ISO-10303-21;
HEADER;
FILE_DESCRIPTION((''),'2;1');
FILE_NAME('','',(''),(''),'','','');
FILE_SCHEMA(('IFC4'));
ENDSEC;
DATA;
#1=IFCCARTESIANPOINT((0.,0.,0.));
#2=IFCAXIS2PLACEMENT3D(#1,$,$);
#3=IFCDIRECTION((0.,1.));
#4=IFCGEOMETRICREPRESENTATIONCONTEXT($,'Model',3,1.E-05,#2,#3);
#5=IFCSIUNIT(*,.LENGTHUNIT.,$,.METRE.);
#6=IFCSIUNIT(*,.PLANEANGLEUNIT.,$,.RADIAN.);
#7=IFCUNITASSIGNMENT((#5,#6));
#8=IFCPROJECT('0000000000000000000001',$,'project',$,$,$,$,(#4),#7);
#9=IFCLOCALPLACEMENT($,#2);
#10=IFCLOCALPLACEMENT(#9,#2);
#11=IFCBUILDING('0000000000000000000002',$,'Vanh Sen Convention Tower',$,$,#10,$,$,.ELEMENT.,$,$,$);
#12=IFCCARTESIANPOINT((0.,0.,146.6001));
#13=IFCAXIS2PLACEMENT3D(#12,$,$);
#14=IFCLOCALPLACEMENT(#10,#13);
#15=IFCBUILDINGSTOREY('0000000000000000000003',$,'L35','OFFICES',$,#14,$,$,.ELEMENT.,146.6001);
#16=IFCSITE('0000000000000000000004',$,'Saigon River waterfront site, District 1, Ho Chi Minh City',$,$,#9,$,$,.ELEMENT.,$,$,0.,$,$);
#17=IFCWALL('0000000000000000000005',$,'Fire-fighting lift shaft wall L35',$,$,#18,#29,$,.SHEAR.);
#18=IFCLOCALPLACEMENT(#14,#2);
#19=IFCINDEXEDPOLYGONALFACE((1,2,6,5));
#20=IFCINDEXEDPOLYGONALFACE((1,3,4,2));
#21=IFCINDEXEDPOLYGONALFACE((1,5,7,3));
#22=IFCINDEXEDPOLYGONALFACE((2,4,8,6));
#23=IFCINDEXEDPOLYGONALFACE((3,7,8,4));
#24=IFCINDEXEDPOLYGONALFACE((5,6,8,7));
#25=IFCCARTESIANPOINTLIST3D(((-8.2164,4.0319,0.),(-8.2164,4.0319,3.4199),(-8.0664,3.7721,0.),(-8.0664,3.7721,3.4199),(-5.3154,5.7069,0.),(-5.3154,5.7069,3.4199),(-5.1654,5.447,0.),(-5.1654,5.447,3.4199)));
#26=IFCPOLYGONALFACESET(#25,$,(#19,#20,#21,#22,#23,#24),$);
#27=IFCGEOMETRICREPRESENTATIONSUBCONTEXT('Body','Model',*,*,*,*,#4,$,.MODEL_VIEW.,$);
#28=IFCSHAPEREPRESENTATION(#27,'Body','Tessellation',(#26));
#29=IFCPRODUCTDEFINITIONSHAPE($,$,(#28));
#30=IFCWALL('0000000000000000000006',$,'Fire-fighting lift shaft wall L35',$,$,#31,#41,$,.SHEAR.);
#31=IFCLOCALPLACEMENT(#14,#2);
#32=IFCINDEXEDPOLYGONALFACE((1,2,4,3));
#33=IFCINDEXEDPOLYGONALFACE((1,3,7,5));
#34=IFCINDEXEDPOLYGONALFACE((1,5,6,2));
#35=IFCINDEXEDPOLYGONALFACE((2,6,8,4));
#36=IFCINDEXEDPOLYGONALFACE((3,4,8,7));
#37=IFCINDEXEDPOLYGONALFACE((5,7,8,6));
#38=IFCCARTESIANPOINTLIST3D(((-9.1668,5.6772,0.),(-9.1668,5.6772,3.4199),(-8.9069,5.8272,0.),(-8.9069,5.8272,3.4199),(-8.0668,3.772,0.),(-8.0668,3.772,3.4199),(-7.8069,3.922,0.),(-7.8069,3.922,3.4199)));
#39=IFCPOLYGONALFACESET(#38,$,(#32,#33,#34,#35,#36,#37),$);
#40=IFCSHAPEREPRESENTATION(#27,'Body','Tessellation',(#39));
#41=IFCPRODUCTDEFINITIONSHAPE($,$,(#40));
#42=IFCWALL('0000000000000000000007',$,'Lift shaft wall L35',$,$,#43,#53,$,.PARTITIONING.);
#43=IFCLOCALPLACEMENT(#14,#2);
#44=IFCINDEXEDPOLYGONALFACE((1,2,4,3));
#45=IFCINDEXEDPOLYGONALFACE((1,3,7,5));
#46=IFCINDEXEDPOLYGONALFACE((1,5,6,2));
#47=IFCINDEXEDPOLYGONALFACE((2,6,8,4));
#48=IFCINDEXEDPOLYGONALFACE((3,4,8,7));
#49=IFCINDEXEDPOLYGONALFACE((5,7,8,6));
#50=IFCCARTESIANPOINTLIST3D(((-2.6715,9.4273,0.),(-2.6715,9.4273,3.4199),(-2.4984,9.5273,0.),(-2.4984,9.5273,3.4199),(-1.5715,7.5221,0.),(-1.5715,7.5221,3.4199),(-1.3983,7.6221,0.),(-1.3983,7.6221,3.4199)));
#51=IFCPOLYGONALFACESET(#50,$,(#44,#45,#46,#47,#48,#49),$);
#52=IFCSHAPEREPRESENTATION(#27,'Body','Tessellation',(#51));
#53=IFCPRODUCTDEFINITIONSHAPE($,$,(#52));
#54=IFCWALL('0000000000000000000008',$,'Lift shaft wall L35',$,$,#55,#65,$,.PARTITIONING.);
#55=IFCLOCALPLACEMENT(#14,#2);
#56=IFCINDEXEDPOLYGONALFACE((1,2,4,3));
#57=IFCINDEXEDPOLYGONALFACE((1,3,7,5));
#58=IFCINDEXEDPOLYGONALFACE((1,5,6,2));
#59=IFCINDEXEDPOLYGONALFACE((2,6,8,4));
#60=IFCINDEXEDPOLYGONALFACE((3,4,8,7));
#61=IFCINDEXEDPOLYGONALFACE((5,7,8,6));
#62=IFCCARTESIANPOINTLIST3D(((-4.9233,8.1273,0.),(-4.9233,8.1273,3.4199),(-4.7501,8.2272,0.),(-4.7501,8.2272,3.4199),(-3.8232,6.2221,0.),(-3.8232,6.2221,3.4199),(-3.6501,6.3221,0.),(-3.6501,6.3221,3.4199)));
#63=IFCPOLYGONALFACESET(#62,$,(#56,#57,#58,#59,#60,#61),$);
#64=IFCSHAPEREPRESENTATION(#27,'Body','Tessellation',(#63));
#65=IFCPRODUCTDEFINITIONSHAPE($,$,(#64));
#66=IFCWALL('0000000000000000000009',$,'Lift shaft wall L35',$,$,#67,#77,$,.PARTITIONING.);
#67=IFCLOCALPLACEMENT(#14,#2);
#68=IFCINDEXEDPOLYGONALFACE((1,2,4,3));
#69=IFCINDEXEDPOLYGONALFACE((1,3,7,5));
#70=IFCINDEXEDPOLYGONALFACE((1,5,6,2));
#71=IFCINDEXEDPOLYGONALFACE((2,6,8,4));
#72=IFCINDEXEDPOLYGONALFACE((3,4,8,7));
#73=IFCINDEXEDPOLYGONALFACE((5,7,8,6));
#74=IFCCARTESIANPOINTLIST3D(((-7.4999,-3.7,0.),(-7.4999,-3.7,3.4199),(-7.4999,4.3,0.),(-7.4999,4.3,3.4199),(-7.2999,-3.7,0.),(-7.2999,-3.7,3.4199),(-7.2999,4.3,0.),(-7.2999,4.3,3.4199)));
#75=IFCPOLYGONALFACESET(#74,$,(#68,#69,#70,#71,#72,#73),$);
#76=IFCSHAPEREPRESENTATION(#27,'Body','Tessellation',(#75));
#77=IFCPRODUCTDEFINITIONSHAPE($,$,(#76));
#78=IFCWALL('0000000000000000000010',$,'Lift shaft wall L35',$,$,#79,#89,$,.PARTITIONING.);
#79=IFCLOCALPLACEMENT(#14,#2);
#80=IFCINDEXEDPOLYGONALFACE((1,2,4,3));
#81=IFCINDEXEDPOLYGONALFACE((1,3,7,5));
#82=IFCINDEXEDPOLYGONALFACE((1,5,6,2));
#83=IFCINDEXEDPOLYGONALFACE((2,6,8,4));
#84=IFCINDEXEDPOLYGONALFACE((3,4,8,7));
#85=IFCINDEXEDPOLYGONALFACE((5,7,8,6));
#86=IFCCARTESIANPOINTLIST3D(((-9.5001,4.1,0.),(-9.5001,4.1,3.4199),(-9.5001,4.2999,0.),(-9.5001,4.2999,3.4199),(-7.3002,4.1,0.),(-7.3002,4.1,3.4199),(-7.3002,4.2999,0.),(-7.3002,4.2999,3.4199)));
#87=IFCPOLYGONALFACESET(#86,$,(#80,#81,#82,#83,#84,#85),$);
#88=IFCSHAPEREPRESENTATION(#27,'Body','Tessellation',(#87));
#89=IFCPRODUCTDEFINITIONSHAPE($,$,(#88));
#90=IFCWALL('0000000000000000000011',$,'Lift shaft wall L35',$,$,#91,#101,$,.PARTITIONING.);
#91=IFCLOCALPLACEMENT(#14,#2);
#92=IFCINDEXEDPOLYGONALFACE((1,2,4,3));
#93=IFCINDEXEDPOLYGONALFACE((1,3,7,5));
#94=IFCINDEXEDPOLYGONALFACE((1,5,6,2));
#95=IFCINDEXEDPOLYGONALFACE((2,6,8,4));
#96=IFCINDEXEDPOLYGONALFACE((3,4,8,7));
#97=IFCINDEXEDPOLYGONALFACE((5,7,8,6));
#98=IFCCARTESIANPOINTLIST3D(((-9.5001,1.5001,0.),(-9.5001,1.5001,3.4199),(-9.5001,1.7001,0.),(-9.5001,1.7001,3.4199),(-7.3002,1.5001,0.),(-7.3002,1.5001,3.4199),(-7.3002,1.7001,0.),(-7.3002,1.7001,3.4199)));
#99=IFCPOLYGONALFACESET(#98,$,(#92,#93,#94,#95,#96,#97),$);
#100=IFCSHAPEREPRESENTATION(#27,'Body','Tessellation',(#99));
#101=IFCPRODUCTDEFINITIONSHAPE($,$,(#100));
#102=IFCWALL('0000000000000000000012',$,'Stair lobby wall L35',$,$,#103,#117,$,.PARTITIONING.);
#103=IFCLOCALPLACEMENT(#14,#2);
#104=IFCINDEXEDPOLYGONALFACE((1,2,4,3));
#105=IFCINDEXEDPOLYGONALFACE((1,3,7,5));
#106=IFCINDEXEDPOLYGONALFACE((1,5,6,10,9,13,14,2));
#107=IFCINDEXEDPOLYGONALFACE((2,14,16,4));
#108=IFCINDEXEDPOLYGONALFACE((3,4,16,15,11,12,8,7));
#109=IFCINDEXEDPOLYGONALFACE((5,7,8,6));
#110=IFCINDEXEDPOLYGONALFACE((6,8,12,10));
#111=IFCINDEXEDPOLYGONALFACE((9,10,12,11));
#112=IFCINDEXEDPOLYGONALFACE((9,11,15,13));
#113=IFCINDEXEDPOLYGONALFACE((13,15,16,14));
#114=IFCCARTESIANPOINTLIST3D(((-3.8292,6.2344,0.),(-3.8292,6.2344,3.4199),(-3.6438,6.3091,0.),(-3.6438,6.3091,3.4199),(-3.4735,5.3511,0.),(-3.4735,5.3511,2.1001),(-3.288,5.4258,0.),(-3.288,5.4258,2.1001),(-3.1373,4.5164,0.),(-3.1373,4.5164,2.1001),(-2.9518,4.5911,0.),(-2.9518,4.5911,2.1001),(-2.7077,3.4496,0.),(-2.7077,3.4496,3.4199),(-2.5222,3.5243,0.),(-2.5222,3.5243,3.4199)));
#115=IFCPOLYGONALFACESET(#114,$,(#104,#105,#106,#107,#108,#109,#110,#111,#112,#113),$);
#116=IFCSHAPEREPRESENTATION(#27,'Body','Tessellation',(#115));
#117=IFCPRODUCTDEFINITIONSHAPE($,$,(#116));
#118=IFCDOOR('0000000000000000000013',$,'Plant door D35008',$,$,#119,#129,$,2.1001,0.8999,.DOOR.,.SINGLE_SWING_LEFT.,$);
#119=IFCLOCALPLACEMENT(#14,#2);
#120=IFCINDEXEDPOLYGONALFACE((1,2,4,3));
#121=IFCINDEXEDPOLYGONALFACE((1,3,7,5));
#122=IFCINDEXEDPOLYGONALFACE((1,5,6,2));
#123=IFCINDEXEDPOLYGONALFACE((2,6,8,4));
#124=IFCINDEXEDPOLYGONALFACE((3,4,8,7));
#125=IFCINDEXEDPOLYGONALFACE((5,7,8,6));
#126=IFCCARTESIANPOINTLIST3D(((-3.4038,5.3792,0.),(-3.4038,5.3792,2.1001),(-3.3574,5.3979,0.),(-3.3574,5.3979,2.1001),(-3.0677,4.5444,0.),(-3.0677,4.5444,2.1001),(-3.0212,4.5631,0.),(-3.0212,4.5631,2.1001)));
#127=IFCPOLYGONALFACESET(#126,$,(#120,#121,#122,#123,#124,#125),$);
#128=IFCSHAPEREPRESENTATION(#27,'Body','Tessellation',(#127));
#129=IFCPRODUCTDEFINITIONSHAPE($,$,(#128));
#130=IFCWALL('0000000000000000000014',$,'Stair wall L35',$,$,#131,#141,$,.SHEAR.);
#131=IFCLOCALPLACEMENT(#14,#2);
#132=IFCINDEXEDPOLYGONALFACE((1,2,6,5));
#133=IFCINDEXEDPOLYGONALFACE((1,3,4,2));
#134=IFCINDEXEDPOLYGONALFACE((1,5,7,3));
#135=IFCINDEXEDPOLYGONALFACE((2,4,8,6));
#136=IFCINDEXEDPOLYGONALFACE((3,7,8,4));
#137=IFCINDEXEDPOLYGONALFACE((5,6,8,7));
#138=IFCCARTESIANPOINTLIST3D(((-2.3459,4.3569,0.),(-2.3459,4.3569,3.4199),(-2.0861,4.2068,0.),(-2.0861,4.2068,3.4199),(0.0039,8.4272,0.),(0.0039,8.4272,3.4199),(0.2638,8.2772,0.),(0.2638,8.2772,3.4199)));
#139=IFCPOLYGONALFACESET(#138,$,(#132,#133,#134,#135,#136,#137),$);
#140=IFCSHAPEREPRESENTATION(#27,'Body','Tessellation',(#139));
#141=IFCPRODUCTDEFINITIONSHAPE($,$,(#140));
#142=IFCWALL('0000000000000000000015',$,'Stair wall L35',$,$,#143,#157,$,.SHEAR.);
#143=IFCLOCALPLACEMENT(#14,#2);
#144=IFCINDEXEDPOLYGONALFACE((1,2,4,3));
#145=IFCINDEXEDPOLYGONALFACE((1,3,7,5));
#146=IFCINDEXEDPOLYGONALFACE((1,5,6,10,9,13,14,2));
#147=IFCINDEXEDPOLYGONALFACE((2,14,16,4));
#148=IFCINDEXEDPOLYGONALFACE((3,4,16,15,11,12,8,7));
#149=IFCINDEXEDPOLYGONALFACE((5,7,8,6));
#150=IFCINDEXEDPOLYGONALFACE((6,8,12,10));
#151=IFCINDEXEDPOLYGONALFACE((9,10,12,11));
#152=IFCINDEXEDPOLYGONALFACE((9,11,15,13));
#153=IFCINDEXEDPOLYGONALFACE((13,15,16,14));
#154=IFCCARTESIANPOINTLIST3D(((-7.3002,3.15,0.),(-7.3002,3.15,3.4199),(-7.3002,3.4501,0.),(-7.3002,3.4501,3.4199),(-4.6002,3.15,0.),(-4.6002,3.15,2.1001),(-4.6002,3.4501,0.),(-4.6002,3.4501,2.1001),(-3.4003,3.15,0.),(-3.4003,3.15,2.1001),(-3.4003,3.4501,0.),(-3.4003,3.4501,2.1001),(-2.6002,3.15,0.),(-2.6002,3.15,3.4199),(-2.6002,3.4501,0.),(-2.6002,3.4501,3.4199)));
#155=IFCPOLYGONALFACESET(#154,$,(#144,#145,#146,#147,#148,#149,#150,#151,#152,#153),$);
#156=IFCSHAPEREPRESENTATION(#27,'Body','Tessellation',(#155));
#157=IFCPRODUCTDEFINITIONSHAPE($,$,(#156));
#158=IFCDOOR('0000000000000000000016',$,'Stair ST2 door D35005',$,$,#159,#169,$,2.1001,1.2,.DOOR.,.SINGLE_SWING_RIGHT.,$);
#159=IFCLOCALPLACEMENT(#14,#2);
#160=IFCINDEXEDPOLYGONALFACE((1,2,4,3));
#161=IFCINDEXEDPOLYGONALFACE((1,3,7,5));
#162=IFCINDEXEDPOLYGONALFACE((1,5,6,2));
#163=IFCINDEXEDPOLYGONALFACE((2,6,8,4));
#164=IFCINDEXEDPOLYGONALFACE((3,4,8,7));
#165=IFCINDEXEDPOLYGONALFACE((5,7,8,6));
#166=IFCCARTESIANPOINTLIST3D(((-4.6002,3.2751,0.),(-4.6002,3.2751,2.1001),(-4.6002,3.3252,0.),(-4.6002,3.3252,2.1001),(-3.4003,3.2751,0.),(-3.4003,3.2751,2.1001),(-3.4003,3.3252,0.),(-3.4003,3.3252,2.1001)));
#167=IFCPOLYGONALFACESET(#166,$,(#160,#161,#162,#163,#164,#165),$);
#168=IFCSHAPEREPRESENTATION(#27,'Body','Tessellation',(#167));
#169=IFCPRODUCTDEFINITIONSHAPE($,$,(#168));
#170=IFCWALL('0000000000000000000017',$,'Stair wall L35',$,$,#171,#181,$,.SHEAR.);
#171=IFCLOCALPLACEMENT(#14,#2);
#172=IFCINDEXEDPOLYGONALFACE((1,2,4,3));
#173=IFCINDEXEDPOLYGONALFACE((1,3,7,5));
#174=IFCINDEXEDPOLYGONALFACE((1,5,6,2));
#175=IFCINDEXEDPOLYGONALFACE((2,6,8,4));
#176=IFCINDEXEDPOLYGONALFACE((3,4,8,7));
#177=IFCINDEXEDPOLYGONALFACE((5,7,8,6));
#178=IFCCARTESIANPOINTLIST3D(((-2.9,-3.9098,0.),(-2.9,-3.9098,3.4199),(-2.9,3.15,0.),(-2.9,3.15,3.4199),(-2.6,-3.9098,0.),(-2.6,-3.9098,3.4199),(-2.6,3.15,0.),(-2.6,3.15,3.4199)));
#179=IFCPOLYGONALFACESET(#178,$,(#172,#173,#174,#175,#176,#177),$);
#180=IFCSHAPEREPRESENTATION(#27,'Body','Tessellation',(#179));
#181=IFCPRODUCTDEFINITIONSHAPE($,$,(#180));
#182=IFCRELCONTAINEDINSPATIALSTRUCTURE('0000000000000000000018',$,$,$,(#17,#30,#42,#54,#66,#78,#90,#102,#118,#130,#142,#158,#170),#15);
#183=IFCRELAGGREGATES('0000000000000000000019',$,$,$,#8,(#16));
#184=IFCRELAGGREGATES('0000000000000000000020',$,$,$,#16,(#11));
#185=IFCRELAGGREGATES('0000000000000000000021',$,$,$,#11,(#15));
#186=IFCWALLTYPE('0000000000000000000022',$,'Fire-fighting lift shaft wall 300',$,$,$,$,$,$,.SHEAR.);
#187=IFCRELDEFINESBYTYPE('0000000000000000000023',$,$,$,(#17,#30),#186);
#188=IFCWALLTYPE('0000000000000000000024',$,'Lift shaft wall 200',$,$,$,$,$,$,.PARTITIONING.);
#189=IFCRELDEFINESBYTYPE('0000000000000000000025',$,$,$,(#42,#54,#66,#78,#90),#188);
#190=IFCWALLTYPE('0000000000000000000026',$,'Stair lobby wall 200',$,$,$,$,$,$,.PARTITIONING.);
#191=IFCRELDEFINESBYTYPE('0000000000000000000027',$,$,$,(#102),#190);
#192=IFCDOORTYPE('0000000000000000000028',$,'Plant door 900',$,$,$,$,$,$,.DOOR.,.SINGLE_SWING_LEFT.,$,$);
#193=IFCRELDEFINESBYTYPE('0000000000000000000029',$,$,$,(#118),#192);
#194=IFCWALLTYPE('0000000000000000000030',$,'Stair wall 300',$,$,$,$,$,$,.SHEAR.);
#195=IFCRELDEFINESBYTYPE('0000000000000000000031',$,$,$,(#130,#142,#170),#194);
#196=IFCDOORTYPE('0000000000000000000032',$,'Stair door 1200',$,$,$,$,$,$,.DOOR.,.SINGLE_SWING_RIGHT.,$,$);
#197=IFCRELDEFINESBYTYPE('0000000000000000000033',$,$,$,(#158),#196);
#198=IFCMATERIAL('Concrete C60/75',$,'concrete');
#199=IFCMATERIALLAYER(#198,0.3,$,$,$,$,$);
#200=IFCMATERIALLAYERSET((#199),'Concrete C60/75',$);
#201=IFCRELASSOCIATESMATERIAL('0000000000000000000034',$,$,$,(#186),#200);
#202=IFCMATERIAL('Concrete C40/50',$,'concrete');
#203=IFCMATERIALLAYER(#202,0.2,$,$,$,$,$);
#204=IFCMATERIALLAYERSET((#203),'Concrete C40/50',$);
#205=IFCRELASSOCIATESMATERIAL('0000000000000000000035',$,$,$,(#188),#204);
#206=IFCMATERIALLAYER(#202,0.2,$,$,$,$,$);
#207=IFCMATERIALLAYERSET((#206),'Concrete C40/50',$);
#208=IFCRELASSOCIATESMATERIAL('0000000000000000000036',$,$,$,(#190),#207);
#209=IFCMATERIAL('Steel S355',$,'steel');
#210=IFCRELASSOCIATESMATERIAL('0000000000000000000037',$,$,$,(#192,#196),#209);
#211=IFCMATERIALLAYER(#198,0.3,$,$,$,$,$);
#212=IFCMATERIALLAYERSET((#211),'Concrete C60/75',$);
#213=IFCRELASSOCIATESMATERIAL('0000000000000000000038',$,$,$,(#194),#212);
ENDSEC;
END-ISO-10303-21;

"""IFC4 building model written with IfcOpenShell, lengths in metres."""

from ifc_helpers import new_model, si_unit, direction, frame, frame_2d, origin, place, context, subcontext, project, spatial, rectangle, extrude, material, layer, layer_set, type_object, element, fill, save


model = new_model("IFC4")

# Units and contexts
model_context = context("Model", 3, precision=1e-05, world=origin(), true_north=direction((0.0, 1.0)))
body_context = subcontext(model_context, "Body", "Model", "MODEL_VIEW")
ifc_project = project(units=[si_unit("LENGTHUNIT", "METRE"), si_unit("PLANEANGLEUNIT", "RADIAN")], contexts=[model_context])

# Site, building, storey
site_placement = place(None, origin())
site = spatial("IfcSite", under=ifc_project, at=site_placement, Name="Saigon River waterfront site, District 1, Ho Chi Minh City", CompositionType="ELEMENT", RefElevation=0.0)
building_placement = place(site_placement, origin())
building = spatial("IfcBuilding", under=site, at=building_placement, Name="Vanh Sen Convention Tower", CompositionType="ELEMENT")
storey_placement = place(building_placement, frame((0.0, 0.0, 146.6001)))
storey = spatial("IfcBuildingStorey", under=building, at=storey_placement, Name="L35", Description="OFFICES", CompositionType="ELEMENT", Elevation=146.6001)

# Shared definitions
ifc_material_1 = material(Name="Concrete C60/75", Category="concrete")
ifc_layer_1 = layer(ifc_material_1, 0.3)
ifc_layer_set_1 = layer_set([ifc_layer_1], Name="Concrete C60/75")
wall_type_1 = type_object("IfcWallType", Name="Fire-fighting lift shaft wall 300", PredefinedType="SHEAR", material=ifc_layer_set_1)

# Walls
wall_1_placement = place(storey_placement, frame((-5.2405, 5.5769, 0.0), z_axis=(0.0, 0.0, 1.0), x_axis=(-0.866014, -0.500019, 0.0)))
element("IfcWall", 1, at=wall_1_placement, inside=storey, type_object=wall_type_1, Name="Fire-fighting lift shaft wall L35", PredefinedType="SHEAR", context=body_context, shape_type="SweptSolid", body=[
    extrude(rectangle(XDim=3.3499, YDim=0.3, at=frame_2d((1.6748, 0.0))), origin(), (0.0, 0.0, 1.0), 3.4199),
])
wall_2_placement = place(storey_placement, frame((-7.9368, 3.8469, 0.0), z_axis=(0.0, 0.0, 1.0), x_axis=(-0.50003, 0.866008, 0.0)))
element("IfcWall", 2, at=wall_2_placement, inside=storey, type_object=wall_type_1, Name="Fire-fighting lift shaft wall L35", PredefinedType="SHEAR", context=body_context, shape_type="SweptSolid", body=[
    extrude(rectangle(XDim=2.2, YDim=0.3, at=frame_2d((1.1001, 0.0))), origin(), (0.0, 0.0, 1.0), 3.4199),
])
ifc_material_2 = material(Name="Concrete C40/50", Category="concrete")
ifc_layer_2 = layer(ifc_material_2, 0.2)
ifc_layer_set_2 = layer_set([ifc_layer_2], Name="Concrete C40/50")
wall_type_2 = type_object("IfcWallType", Name="Lift shaft wall 200", PredefinedType="PARTITIONING", material=ifc_layer_set_2)
for number, where, z_axis, x_axis, name in (
    (3, (-1.4849, 7.572, 0.0), (0.0, 0.0, 1.0), (-0.50003, 0.866008, 0.0), "Lift shaft wall L35"),
    (4, (-3.7366, 6.272, 0.0), (0.0, 0.0, 1.0), (-0.50003, 0.866008, 0.0), "Lift shaft wall L35"),
):
    element("IfcWall", number, at=place(storey_placement, frame(where, z_axis=z_axis, x_axis=x_axis)), inside=storey, type_object=wall_type_2, Name=name, PredefinedType="PARTITIONING", context=body_context, shape_type="SweptSolid", body=[
        extrude(rectangle(XDim=2.2, YDim=0.2, at=frame_2d((1.1001, 0.0))), origin(), (0.0, 0.0, 1.0), 3.4199),
    ])
wall_3_placement = place(storey_placement, frame((-7.3999, 4.3, 0.0), z_axis=(0.0, 0.0, 1.0), x_axis=(0.0, -1.0, 0.0)))
element("IfcWall", 5, at=wall_3_placement, inside=storey, type_object=wall_type_2, Name="Lift shaft wall L35", PredefinedType="PARTITIONING", context=body_context, shape_type="SweptSolid", body=[
    extrude(rectangle(XDim=8.0, YDim=0.2, at=frame_2d((4.0, 0.0))), origin(), (0.0, 0.0, 1.0), 3.4199),
])
for number, where, z_axis, x_axis, name in (
    (6, (-7.3, 4.2, 0.0), (0.0, 0.0, 1.0), (-1.0, 0.0, 0.0), "Lift shaft wall L35"),
    (7, (-7.3, 1.6001, 0.0), (0.0, 0.0, 1.0), (-1.0, 0.0, 0.0), "Lift shaft wall L35"),
):
    element("IfcWall", number, at=place(storey_placement, frame(where, z_axis=z_axis, x_axis=x_axis)), inside=storey, type_object=wall_type_2, Name=name, PredefinedType="PARTITIONING", context=body_context, shape_type="SweptSolid", body=[
        extrude(rectangle(XDim=2.2, YDim=0.2, at=frame_2d((1.1001, 0.0))), origin(), (0.0, 0.0, 1.0), 3.4199),
    ])

# Wall, opening, door
ifc_layer_3 = layer(ifc_material_2, 0.2)
ifc_layer_set_3 = layer_set([ifc_layer_3], Name="Concrete C40/50")
wall_type_3 = type_object("IfcWallType", Name="Stair lobby wall 200", PredefinedType="PARTITIONING", material=ifc_layer_set_3)
wall_4_placement = place(storey_placement, frame((-2.615, 3.4871, 0.0), z_axis=(0.0, 0.0, 1.0), x_axis=(-0.373577, 0.927599, 0.0)))
wall_4 = element("IfcWall", 8, at=wall_4_placement, inside=storey, type_object=wall_type_3, Name="Stair lobby wall L35", PredefinedType="PARTITIONING", context=body_context, shape_type="SweptSolid", body=[
    extrude(rectangle(XDim=3.0022, YDim=0.2, at=frame_2d((1.501, 0.0))), origin(), (0.0, 0.0, 1.0), 3.4199),
])
opening_1_placement = place(wall_4_placement, frame((1.1499, 0.0, 0.0)))
opening_1 = element("IfcOpeningElement", 9, at=opening_1_placement, cuts=wall_4, PredefinedType="OPENING", context=body_context, shape_type="SweptSolid", body=[
    extrude(rectangle(XDim=0.8999, YDim=2.1001, at=frame_2d((0.45, 1.05))), frame((0.0, 0.1099, 0.0), z_axis=(0.0, -1.0, 0.0), x_axis=(1.0, 0.0, 0.0)), (0.0, 0.0, 1.0), 0.22),
])
ifc_material_3 = material(Name="Steel S355", Category="steel")
door_type_1 = type_object("IfcDoorType", Name="Plant door 900", OperationType="SINGLE_SWING_LEFT", PredefinedType="DOOR", material=ifc_material_3)
door_1_placement = place(opening_1_placement, origin())
door_1 = element("IfcDoor", 10, at=door_1_placement, inside=storey, type_object=door_type_1, Name="Plant door D35008", OperationType="SINGLE_SWING_LEFT", OverallHeight=2.1001, OverallWidth=0.8999, PredefinedType="DOOR", context=body_context, shape_type="SweptSolid", body=[
    extrude(rectangle(XDim=0.8999, YDim=2.1001, at=frame_2d((0.45, 1.05))), frame((0.0, 0.0249, 0.0), z_axis=(0.0, -1.0, 0.0), x_axis=(1.0, 0.0, 0.0)), (0.0, 0.0, 1.0), 0.05),
])
fill(opening_1, door_1)

# Wall
ifc_layer_4 = layer(ifc_material_1, 0.3)
ifc_layer_set_4 = layer_set([ifc_layer_4], Name="Concrete C60/75")
wall_type_4 = type_object("IfcWallType", Name="Stair wall 300", PredefinedType="SHEAR", material=ifc_layer_set_4)
wall_5_placement = place(storey_placement, frame((-2.2161, 4.2817, 0.0), z_axis=(0.0, 0.0, 1.0), x_axis=(0.499977, 0.866039, 0.0)))
element("IfcWall", 11, at=wall_5_placement, inside=storey, type_object=wall_type_4, Name="Stair wall L35", PredefinedType="SHEAR", context=body_context, shape_type="SweptSolid", body=[
    extrude(rectangle(XDim=4.7, YDim=0.3, at=frame_2d((2.3501, 0.0))), origin(), (0.0, 0.0, 1.0), 3.4199),
])

# Wall, opening, door
wall_6_placement = place(storey_placement, frame((-2.6001, 3.3, 0.0), z_axis=(0.0, 0.0, 1.0), x_axis=(-1.0, 0.0, 0.0)))
wall_6 = element("IfcWall", 12, at=wall_6_placement, inside=storey, type_object=wall_type_4, Name="Stair wall L35", PredefinedType="SHEAR", context=body_context, shape_type="SweptSolid", body=[
    extrude(rectangle(XDim=4.7, YDim=0.3, at=frame_2d((2.3501, 0.0))), origin(), (0.0, 0.0, 1.0), 3.4199),
])
opening_2_placement = place(wall_6_placement, frame((0.8, 0.0, 0.0)))
opening_2 = element("IfcOpeningElement", 13, at=opening_2_placement, cuts=wall_6, PredefinedType="OPENING", context=body_context, shape_type="SweptSolid", body=[
    extrude(rectangle(XDim=1.2, YDim=2.1001, at=frame_2d((0.6001, 1.05))), frame((0.0, 0.1599, 0.0), z_axis=(0.0, -1.0, 0.0), x_axis=(1.0, 0.0, 0.0)), (0.0, 0.0, 1.0), 0.3201),
])
door_type_2 = type_object("IfcDoorType", Name="Stair door 1200", OperationType="SINGLE_SWING_RIGHT", PredefinedType="DOOR", material=ifc_material_3)
door_2_placement = place(opening_2_placement, origin())
door_2 = element("IfcDoor", 14, at=door_2_placement, inside=storey, type_object=door_type_2, Name="Stair ST2 door D35005", OperationType="SINGLE_SWING_RIGHT", OverallHeight=2.1001, OverallWidth=1.2, PredefinedType="DOOR", context=body_context, shape_type="SweptSolid", body=[
    extrude(rectangle(XDim=1.2, YDim=2.1001, at=frame_2d((0.6001, 1.05))), frame((0.0, 0.0249, 0.0), z_axis=(0.0, -1.0, 0.0), x_axis=(1.0, 0.0, 0.0)), (0.0, 0.0, 1.0), 0.05),
])
fill(opening_2, door_2)

# Wall
for number, where, z_axis, x_axis, name in (
    (15, (-2.75, 3.1499, 0.0), (0.0, 0.0, 1.0), (0.0, -1.0, 0.0), "Stair wall L35"),
):
    element("IfcWall", number, at=place(storey_placement, frame(where, z_axis=z_axis, x_axis=x_axis)), inside=storey, type_object=wall_type_4, Name=name, PredefinedType="SHEAR", context=body_context, shape_type="SweptSolid", body=[
        extrude(rectangle(XDim=7.0598, YDim=0.3, at=frame_2d((3.5298, 0.0))), origin(), (0.0, 0.0, 1.0), 3.4199),
    ])

save(model, "model.ifc")
